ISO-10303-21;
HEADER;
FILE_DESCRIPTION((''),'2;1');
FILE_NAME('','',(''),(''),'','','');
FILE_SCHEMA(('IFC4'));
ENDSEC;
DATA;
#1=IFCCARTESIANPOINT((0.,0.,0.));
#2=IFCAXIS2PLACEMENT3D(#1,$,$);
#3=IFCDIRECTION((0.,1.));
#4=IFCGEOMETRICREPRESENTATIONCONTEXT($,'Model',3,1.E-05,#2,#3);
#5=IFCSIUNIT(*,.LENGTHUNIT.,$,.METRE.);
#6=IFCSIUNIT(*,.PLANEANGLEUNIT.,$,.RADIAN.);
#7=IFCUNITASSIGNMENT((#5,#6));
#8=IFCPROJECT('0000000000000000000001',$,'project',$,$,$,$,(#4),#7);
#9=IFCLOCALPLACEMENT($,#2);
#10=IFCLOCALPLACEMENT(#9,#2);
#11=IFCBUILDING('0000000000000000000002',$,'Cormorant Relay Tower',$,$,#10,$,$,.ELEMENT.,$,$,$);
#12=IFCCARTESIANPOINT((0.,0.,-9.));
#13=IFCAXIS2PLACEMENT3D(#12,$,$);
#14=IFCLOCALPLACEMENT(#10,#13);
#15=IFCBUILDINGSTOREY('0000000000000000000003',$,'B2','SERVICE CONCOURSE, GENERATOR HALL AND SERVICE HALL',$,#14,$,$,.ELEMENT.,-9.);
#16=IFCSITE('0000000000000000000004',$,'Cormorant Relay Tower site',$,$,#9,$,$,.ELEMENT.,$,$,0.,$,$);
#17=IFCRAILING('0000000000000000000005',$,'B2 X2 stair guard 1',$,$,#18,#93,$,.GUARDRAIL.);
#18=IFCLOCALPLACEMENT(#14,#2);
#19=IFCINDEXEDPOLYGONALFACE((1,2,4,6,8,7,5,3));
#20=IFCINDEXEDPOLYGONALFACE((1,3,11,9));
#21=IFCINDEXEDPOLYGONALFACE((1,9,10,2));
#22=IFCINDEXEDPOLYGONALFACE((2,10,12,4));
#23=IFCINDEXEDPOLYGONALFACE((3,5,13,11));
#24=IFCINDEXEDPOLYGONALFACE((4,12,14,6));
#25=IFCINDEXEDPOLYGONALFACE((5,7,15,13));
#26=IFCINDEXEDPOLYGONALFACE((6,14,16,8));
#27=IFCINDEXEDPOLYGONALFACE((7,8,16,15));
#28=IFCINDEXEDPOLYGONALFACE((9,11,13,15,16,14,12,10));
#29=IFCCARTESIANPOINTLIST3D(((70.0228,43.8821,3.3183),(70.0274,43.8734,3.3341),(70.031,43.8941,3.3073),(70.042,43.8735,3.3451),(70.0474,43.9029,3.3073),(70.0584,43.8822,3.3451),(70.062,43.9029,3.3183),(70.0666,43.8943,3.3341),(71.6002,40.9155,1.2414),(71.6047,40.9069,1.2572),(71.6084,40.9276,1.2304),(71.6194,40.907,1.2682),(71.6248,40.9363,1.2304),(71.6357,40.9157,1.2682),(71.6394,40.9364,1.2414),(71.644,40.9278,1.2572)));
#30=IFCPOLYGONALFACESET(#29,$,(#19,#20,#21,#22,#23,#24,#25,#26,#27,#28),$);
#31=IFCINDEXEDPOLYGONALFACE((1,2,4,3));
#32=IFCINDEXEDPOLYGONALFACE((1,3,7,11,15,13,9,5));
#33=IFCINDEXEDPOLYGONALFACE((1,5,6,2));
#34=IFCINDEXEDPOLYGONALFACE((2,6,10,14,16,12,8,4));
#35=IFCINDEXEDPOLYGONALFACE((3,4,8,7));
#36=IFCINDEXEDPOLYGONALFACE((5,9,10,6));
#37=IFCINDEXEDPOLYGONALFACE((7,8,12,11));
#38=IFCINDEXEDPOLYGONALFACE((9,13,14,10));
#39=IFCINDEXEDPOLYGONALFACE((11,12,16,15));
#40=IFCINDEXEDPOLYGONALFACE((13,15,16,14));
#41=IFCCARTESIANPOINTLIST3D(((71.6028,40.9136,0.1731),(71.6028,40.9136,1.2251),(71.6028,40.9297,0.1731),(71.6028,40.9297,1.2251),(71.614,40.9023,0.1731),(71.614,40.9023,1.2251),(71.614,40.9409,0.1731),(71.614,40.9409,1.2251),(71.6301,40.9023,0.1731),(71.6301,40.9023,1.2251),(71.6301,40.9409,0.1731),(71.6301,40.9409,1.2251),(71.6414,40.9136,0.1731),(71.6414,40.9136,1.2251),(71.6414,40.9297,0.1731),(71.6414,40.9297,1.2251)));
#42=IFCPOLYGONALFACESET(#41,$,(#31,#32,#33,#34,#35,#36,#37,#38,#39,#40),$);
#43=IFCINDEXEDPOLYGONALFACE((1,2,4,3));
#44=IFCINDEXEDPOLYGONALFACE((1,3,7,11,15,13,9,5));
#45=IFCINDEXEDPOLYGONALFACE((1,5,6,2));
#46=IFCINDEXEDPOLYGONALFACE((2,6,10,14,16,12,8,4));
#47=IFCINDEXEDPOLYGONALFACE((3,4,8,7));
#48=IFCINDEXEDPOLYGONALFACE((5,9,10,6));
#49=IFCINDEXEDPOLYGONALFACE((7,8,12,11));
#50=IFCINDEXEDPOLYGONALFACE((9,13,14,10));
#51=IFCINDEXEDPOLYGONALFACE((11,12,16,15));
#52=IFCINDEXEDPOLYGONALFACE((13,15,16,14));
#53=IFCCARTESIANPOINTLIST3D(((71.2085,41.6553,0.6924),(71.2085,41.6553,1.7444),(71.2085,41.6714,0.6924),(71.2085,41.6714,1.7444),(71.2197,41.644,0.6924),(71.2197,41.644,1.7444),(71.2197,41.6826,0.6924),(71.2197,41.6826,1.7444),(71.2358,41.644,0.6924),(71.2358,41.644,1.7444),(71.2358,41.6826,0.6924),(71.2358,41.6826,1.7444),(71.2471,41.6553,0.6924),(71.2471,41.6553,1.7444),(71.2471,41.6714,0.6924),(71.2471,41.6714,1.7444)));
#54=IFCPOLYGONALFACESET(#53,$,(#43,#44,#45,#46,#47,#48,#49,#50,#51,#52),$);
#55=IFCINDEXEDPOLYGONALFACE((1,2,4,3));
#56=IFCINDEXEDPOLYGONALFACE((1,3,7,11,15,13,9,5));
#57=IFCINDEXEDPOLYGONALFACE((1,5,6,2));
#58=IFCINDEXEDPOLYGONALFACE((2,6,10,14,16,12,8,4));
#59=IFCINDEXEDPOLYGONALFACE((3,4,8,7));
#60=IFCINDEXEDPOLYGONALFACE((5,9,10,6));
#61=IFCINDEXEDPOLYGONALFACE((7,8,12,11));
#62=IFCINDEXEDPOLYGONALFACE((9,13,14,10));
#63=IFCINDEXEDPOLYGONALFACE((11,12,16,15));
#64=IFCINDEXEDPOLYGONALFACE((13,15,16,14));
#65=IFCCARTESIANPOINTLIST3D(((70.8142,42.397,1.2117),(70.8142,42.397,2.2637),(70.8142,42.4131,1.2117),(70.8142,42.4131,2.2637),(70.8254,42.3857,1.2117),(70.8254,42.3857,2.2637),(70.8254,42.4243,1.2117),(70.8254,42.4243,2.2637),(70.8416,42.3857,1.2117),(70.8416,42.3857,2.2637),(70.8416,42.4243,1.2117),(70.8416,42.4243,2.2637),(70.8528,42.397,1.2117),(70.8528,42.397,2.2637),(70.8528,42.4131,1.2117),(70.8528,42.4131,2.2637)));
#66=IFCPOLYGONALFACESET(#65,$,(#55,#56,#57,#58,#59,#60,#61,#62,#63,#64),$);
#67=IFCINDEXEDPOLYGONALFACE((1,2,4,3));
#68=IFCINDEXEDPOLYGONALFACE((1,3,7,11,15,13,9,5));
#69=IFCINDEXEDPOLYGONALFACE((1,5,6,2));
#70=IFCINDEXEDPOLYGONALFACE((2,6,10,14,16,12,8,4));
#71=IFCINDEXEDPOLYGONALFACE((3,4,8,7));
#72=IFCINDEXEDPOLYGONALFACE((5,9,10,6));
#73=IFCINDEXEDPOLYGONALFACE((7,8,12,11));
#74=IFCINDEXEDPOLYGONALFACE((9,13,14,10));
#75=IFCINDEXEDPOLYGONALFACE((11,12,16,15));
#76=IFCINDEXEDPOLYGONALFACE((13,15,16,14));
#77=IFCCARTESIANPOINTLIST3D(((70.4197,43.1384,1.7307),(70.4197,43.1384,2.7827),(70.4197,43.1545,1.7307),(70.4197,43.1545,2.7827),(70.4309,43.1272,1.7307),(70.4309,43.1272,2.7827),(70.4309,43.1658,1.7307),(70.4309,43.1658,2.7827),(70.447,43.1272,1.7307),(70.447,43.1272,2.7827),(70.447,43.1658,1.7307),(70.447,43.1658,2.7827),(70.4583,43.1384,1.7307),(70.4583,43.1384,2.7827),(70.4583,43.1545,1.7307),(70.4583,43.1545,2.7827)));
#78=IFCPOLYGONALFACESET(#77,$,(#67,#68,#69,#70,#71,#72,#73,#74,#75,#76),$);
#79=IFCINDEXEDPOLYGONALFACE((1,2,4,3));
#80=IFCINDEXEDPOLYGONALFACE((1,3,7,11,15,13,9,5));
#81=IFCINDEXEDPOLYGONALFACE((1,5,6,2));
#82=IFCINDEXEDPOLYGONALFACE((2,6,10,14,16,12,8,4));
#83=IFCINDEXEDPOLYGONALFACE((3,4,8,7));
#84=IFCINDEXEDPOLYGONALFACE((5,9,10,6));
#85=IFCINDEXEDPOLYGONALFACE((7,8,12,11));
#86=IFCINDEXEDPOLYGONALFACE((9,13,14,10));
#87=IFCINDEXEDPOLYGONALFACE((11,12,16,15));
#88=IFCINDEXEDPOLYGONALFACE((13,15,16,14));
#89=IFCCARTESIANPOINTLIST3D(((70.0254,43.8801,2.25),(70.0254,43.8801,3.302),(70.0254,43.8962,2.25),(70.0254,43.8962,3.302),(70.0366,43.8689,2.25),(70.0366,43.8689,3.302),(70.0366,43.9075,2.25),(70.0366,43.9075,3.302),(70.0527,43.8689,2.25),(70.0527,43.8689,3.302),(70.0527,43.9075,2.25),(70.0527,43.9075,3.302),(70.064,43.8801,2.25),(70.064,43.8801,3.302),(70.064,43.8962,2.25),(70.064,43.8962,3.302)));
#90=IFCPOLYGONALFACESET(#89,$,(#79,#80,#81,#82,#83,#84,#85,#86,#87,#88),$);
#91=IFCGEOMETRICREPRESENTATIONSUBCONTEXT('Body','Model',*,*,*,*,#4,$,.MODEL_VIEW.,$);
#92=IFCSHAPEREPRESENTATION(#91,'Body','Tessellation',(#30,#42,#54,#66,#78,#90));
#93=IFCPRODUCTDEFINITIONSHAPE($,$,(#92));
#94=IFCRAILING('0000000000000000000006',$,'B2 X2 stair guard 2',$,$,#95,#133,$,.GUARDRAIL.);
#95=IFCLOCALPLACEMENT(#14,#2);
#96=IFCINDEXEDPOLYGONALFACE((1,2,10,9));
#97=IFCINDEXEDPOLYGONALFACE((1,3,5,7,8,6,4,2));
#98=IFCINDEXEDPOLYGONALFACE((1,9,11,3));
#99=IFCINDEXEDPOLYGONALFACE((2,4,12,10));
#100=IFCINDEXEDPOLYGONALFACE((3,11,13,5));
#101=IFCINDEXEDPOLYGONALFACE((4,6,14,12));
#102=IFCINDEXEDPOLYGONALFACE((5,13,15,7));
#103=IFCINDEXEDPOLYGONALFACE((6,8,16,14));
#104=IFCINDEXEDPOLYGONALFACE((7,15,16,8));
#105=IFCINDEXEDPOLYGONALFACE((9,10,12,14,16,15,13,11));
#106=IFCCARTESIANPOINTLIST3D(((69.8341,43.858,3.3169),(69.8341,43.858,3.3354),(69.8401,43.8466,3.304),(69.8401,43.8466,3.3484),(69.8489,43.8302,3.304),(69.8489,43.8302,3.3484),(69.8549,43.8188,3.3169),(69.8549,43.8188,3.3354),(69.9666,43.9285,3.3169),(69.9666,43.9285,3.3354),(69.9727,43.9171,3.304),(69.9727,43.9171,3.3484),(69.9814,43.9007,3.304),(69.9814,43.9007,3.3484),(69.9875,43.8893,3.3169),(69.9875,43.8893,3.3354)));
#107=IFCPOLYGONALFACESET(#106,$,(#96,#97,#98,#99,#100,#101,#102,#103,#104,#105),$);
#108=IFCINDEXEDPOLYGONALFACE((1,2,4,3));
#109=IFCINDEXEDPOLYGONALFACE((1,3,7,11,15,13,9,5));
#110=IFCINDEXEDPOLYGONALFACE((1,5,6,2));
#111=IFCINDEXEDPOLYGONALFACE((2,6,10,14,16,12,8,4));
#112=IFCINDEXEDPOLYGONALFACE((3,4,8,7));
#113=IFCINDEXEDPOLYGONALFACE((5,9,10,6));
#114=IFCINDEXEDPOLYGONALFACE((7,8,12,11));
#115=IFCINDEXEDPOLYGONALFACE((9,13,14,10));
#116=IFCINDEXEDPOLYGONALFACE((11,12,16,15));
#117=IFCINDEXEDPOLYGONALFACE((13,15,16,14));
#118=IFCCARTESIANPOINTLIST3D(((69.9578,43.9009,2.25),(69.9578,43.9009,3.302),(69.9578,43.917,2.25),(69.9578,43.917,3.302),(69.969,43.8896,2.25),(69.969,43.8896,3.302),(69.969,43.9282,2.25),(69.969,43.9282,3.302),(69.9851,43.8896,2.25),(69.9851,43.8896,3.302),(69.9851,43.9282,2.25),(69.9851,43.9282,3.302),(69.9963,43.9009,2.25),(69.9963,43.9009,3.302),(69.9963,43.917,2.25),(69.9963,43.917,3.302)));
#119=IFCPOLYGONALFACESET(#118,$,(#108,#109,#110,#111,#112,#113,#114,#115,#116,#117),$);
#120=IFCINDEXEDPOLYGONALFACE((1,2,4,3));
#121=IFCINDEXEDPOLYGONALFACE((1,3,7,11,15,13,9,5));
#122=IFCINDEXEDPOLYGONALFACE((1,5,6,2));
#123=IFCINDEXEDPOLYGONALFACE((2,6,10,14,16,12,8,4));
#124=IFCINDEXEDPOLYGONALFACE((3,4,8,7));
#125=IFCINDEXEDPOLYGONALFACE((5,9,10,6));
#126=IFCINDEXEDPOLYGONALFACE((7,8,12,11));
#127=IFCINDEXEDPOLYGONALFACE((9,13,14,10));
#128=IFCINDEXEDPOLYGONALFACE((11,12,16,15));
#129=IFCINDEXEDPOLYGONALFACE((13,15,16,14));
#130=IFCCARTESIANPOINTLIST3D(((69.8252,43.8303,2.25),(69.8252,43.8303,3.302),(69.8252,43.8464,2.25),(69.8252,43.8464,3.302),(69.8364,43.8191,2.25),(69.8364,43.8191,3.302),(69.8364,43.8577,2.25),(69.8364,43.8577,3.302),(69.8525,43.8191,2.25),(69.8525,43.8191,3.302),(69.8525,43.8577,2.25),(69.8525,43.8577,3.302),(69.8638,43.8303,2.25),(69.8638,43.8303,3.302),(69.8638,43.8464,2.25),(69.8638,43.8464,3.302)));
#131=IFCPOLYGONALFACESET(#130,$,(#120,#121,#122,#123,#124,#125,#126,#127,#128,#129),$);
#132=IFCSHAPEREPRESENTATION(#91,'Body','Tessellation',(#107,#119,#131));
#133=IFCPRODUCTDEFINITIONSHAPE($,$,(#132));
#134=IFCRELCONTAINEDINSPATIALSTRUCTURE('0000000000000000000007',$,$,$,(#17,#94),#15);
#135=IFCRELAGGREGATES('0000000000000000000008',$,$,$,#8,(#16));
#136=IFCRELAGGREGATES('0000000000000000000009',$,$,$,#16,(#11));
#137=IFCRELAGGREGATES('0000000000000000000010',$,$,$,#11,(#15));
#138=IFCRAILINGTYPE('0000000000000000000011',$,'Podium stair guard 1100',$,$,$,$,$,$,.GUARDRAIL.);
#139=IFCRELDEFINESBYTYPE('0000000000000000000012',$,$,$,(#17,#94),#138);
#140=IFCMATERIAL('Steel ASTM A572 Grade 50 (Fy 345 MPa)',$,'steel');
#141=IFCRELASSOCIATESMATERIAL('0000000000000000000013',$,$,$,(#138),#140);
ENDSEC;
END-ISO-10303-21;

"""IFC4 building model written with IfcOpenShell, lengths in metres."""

from ifc_helpers import new_model, si_unit, direction, frame, origin, place, context, subcontext, project, spatial, polyline, outline, extrude, material, type_object, element, save


model = new_model("IFC4")

# Units and contexts
model_context = context("Model", 3, precision=1e-05, world=origin(), true_north=direction((0.0, 1.0)))
body_context = subcontext(model_context, "Body", "Model", "MODEL_VIEW")
ifc_project = project(units=[si_unit("LENGTHUNIT", "METRE"), si_unit("PLANEANGLEUNIT", "RADIAN")], contexts=[model_context])

# Site, building, storey
site_placement = place(None, origin())
site = spatial("IfcSite", under=ifc_project, at=site_placement, Name="Cormorant Relay Tower site", CompositionType="ELEMENT", RefElevation=0.0)
building_placement = place(site_placement, origin())
building = spatial("IfcBuilding", under=site, at=building_placement, Name="Cormorant Relay Tower", CompositionType="ELEMENT")
storey_placement = place(building_placement, frame((0.0, 0.0, -9.0)))
storey = spatial("IfcBuildingStorey", under=building, at=storey_placement, Name="B2", Description="SERVICE CONCOURSE, GENERATOR HALL AND SERVICE HALL", CompositionType="ELEMENT", Elevation=-9.0)

# Railings
ifc_material_1 = material(Name="Steel ASTM A572 Grade 50 (Fy 345 MPa)", Category="steel")
railing_type_1 = type_object("IfcRailingType", Name="Podium stair guard 1100", PredefinedType="GUARDRAIL", material=ifc_material_1)
railing_1_placement = place(storey_placement, frame((71.6221, 40.9216, 0.1731)))
element("IfcRailing", 1, at=railing_1_placement, inside=storey, type_object=railing_type_1, Name="B2 X2 stair guard 1", PredefinedType="GUARDRAIL", context=body_context, shape_type="SweptSolid", body=[
    extrude(outline(polyline([(0.0222, 0.0093), (0.0093, 0.0222), (-0.0093, 0.0222), (-0.0222, 0.0093), (-0.0222, -0.0093), (-0.0093, -0.0222), (0.0093, -0.0222), (0.0222, -0.0093), (0.0222, 0.0093)])), frame((0.0, 0.0, 1.0762), z_axis=(-0.399345, 0.751035, 0.525805), x_axis=(-0.882942, -0.469483, 0.0)), (0.0, 0.0, 1.0), 3.95),
    extrude(outline(polyline([(0.0193, 0.0081), (0.0081, 0.0193), (-0.0081, 0.0193), (-0.0193, 0.0081), (-0.0193, -0.0081), (-0.0081, -0.0193), (0.0081, -0.0193), (0.0193, -0.0081), (0.0193, 0.0081)])), origin(), (0.0, 0.0, 1.0), 1.052),
    extrude(outline(polyline([(0.0193, 0.0081), (0.0081, 0.0193), (-0.0081, 0.0193), (-0.0193, 0.0081), (-0.0193, -0.0081), (-0.0081, -0.0193), (0.0081, -0.0193), (0.0193, -0.0081), (0.0193, 0.0081)])), frame((-0.3943, 0.7417, 0.5193)), (0.0, 0.0, 1.0), 1.052),
    extrude(outline(polyline([(0.0193, 0.0081), (0.0081, 0.0193), (-0.0081, 0.0193), (-0.0193, 0.0081), (-0.0193, -0.0081), (-0.0081, -0.0193), (0.0081, -0.0193), (0.0193, -0.0081), (0.0193, 0.0081)])), frame((-0.7886, 1.4834, 1.0386)), (0.0, 0.0, 1.0), 1.052),
    extrude(outline(polyline([(0.0193, 0.0081), (0.0081, 0.0193), (-0.0081, 0.0193), (-0.0193, 0.0081), (-0.0193, -0.0081), (-0.0081, -0.0193), (0.0081, -0.0193), (0.0193, -0.0081), (0.0193, 0.0081)])), frame((-1.1831, 2.2249, 1.5576)), (0.0, 0.0, 1.0), 1.052),
    extrude(outline(polyline([(0.0193, 0.0081), (0.0081, 0.0193), (-0.0081, 0.0193), (-0.0193, 0.0081), (-0.0193, -0.0081), (-0.0081, -0.0193), (0.0081, -0.0193), (0.0193, -0.0081), (0.0193, 0.0081)])), frame((-1.5774, 2.9666, 2.0769)), (0.0, 0.0, 1.0), 1.052),
])
railing_2_placement = place(storey_placement, frame((69.9771, 43.9089, 2.25)))
element("IfcRailing", 2, at=railing_2_placement, inside=storey, type_object=railing_type_1, Name="B2 X2 stair guard 2", PredefinedType="GUARDRAIL", context=body_context, shape_type="SweptSolid", body=[
    extrude(outline(polyline([(0.0222, 0.0093), (0.0093, 0.0222), (-0.0093, 0.0222), (-0.0222, 0.0093), (-0.0222, -0.0093), (-0.0093, -0.0222), (0.0093, -0.0222), (0.0222, -0.0093), (0.0222, 0.0093)])), frame((0.0, 0.0, 1.0762), z_axis=(-0.882758, -0.469829, 0.0), x_axis=(0.469829, -0.882758, 0.0)), (0.0, 0.0, 1.0), 0.1501),
    extrude(outline(polyline([(0.0193, 0.0081), (0.0081, 0.0193), (-0.0081, 0.0193), (-0.0193, 0.0081), (-0.0193, -0.0081), (-0.0081, -0.0193), (0.0081, -0.0193), (0.0193, -0.0081), (0.0193, 0.0081)])), origin(), (0.0, 0.0, 1.0), 1.052),
    extrude(outline(polyline([(0.0193, 0.0081), (0.0081, 0.0193), (-0.0081, 0.0193), (-0.0193, 0.0081), (-0.0193, -0.0081), (-0.0081, -0.0193), (0.0081, -0.0193), (0.0193, -0.0081), (0.0193, 0.0081)])), frame((-0.1326, -0.0706, 0.0)), (0.0, 0.0, 1.0), 1.052),
])

save(model, "model.ifc")
